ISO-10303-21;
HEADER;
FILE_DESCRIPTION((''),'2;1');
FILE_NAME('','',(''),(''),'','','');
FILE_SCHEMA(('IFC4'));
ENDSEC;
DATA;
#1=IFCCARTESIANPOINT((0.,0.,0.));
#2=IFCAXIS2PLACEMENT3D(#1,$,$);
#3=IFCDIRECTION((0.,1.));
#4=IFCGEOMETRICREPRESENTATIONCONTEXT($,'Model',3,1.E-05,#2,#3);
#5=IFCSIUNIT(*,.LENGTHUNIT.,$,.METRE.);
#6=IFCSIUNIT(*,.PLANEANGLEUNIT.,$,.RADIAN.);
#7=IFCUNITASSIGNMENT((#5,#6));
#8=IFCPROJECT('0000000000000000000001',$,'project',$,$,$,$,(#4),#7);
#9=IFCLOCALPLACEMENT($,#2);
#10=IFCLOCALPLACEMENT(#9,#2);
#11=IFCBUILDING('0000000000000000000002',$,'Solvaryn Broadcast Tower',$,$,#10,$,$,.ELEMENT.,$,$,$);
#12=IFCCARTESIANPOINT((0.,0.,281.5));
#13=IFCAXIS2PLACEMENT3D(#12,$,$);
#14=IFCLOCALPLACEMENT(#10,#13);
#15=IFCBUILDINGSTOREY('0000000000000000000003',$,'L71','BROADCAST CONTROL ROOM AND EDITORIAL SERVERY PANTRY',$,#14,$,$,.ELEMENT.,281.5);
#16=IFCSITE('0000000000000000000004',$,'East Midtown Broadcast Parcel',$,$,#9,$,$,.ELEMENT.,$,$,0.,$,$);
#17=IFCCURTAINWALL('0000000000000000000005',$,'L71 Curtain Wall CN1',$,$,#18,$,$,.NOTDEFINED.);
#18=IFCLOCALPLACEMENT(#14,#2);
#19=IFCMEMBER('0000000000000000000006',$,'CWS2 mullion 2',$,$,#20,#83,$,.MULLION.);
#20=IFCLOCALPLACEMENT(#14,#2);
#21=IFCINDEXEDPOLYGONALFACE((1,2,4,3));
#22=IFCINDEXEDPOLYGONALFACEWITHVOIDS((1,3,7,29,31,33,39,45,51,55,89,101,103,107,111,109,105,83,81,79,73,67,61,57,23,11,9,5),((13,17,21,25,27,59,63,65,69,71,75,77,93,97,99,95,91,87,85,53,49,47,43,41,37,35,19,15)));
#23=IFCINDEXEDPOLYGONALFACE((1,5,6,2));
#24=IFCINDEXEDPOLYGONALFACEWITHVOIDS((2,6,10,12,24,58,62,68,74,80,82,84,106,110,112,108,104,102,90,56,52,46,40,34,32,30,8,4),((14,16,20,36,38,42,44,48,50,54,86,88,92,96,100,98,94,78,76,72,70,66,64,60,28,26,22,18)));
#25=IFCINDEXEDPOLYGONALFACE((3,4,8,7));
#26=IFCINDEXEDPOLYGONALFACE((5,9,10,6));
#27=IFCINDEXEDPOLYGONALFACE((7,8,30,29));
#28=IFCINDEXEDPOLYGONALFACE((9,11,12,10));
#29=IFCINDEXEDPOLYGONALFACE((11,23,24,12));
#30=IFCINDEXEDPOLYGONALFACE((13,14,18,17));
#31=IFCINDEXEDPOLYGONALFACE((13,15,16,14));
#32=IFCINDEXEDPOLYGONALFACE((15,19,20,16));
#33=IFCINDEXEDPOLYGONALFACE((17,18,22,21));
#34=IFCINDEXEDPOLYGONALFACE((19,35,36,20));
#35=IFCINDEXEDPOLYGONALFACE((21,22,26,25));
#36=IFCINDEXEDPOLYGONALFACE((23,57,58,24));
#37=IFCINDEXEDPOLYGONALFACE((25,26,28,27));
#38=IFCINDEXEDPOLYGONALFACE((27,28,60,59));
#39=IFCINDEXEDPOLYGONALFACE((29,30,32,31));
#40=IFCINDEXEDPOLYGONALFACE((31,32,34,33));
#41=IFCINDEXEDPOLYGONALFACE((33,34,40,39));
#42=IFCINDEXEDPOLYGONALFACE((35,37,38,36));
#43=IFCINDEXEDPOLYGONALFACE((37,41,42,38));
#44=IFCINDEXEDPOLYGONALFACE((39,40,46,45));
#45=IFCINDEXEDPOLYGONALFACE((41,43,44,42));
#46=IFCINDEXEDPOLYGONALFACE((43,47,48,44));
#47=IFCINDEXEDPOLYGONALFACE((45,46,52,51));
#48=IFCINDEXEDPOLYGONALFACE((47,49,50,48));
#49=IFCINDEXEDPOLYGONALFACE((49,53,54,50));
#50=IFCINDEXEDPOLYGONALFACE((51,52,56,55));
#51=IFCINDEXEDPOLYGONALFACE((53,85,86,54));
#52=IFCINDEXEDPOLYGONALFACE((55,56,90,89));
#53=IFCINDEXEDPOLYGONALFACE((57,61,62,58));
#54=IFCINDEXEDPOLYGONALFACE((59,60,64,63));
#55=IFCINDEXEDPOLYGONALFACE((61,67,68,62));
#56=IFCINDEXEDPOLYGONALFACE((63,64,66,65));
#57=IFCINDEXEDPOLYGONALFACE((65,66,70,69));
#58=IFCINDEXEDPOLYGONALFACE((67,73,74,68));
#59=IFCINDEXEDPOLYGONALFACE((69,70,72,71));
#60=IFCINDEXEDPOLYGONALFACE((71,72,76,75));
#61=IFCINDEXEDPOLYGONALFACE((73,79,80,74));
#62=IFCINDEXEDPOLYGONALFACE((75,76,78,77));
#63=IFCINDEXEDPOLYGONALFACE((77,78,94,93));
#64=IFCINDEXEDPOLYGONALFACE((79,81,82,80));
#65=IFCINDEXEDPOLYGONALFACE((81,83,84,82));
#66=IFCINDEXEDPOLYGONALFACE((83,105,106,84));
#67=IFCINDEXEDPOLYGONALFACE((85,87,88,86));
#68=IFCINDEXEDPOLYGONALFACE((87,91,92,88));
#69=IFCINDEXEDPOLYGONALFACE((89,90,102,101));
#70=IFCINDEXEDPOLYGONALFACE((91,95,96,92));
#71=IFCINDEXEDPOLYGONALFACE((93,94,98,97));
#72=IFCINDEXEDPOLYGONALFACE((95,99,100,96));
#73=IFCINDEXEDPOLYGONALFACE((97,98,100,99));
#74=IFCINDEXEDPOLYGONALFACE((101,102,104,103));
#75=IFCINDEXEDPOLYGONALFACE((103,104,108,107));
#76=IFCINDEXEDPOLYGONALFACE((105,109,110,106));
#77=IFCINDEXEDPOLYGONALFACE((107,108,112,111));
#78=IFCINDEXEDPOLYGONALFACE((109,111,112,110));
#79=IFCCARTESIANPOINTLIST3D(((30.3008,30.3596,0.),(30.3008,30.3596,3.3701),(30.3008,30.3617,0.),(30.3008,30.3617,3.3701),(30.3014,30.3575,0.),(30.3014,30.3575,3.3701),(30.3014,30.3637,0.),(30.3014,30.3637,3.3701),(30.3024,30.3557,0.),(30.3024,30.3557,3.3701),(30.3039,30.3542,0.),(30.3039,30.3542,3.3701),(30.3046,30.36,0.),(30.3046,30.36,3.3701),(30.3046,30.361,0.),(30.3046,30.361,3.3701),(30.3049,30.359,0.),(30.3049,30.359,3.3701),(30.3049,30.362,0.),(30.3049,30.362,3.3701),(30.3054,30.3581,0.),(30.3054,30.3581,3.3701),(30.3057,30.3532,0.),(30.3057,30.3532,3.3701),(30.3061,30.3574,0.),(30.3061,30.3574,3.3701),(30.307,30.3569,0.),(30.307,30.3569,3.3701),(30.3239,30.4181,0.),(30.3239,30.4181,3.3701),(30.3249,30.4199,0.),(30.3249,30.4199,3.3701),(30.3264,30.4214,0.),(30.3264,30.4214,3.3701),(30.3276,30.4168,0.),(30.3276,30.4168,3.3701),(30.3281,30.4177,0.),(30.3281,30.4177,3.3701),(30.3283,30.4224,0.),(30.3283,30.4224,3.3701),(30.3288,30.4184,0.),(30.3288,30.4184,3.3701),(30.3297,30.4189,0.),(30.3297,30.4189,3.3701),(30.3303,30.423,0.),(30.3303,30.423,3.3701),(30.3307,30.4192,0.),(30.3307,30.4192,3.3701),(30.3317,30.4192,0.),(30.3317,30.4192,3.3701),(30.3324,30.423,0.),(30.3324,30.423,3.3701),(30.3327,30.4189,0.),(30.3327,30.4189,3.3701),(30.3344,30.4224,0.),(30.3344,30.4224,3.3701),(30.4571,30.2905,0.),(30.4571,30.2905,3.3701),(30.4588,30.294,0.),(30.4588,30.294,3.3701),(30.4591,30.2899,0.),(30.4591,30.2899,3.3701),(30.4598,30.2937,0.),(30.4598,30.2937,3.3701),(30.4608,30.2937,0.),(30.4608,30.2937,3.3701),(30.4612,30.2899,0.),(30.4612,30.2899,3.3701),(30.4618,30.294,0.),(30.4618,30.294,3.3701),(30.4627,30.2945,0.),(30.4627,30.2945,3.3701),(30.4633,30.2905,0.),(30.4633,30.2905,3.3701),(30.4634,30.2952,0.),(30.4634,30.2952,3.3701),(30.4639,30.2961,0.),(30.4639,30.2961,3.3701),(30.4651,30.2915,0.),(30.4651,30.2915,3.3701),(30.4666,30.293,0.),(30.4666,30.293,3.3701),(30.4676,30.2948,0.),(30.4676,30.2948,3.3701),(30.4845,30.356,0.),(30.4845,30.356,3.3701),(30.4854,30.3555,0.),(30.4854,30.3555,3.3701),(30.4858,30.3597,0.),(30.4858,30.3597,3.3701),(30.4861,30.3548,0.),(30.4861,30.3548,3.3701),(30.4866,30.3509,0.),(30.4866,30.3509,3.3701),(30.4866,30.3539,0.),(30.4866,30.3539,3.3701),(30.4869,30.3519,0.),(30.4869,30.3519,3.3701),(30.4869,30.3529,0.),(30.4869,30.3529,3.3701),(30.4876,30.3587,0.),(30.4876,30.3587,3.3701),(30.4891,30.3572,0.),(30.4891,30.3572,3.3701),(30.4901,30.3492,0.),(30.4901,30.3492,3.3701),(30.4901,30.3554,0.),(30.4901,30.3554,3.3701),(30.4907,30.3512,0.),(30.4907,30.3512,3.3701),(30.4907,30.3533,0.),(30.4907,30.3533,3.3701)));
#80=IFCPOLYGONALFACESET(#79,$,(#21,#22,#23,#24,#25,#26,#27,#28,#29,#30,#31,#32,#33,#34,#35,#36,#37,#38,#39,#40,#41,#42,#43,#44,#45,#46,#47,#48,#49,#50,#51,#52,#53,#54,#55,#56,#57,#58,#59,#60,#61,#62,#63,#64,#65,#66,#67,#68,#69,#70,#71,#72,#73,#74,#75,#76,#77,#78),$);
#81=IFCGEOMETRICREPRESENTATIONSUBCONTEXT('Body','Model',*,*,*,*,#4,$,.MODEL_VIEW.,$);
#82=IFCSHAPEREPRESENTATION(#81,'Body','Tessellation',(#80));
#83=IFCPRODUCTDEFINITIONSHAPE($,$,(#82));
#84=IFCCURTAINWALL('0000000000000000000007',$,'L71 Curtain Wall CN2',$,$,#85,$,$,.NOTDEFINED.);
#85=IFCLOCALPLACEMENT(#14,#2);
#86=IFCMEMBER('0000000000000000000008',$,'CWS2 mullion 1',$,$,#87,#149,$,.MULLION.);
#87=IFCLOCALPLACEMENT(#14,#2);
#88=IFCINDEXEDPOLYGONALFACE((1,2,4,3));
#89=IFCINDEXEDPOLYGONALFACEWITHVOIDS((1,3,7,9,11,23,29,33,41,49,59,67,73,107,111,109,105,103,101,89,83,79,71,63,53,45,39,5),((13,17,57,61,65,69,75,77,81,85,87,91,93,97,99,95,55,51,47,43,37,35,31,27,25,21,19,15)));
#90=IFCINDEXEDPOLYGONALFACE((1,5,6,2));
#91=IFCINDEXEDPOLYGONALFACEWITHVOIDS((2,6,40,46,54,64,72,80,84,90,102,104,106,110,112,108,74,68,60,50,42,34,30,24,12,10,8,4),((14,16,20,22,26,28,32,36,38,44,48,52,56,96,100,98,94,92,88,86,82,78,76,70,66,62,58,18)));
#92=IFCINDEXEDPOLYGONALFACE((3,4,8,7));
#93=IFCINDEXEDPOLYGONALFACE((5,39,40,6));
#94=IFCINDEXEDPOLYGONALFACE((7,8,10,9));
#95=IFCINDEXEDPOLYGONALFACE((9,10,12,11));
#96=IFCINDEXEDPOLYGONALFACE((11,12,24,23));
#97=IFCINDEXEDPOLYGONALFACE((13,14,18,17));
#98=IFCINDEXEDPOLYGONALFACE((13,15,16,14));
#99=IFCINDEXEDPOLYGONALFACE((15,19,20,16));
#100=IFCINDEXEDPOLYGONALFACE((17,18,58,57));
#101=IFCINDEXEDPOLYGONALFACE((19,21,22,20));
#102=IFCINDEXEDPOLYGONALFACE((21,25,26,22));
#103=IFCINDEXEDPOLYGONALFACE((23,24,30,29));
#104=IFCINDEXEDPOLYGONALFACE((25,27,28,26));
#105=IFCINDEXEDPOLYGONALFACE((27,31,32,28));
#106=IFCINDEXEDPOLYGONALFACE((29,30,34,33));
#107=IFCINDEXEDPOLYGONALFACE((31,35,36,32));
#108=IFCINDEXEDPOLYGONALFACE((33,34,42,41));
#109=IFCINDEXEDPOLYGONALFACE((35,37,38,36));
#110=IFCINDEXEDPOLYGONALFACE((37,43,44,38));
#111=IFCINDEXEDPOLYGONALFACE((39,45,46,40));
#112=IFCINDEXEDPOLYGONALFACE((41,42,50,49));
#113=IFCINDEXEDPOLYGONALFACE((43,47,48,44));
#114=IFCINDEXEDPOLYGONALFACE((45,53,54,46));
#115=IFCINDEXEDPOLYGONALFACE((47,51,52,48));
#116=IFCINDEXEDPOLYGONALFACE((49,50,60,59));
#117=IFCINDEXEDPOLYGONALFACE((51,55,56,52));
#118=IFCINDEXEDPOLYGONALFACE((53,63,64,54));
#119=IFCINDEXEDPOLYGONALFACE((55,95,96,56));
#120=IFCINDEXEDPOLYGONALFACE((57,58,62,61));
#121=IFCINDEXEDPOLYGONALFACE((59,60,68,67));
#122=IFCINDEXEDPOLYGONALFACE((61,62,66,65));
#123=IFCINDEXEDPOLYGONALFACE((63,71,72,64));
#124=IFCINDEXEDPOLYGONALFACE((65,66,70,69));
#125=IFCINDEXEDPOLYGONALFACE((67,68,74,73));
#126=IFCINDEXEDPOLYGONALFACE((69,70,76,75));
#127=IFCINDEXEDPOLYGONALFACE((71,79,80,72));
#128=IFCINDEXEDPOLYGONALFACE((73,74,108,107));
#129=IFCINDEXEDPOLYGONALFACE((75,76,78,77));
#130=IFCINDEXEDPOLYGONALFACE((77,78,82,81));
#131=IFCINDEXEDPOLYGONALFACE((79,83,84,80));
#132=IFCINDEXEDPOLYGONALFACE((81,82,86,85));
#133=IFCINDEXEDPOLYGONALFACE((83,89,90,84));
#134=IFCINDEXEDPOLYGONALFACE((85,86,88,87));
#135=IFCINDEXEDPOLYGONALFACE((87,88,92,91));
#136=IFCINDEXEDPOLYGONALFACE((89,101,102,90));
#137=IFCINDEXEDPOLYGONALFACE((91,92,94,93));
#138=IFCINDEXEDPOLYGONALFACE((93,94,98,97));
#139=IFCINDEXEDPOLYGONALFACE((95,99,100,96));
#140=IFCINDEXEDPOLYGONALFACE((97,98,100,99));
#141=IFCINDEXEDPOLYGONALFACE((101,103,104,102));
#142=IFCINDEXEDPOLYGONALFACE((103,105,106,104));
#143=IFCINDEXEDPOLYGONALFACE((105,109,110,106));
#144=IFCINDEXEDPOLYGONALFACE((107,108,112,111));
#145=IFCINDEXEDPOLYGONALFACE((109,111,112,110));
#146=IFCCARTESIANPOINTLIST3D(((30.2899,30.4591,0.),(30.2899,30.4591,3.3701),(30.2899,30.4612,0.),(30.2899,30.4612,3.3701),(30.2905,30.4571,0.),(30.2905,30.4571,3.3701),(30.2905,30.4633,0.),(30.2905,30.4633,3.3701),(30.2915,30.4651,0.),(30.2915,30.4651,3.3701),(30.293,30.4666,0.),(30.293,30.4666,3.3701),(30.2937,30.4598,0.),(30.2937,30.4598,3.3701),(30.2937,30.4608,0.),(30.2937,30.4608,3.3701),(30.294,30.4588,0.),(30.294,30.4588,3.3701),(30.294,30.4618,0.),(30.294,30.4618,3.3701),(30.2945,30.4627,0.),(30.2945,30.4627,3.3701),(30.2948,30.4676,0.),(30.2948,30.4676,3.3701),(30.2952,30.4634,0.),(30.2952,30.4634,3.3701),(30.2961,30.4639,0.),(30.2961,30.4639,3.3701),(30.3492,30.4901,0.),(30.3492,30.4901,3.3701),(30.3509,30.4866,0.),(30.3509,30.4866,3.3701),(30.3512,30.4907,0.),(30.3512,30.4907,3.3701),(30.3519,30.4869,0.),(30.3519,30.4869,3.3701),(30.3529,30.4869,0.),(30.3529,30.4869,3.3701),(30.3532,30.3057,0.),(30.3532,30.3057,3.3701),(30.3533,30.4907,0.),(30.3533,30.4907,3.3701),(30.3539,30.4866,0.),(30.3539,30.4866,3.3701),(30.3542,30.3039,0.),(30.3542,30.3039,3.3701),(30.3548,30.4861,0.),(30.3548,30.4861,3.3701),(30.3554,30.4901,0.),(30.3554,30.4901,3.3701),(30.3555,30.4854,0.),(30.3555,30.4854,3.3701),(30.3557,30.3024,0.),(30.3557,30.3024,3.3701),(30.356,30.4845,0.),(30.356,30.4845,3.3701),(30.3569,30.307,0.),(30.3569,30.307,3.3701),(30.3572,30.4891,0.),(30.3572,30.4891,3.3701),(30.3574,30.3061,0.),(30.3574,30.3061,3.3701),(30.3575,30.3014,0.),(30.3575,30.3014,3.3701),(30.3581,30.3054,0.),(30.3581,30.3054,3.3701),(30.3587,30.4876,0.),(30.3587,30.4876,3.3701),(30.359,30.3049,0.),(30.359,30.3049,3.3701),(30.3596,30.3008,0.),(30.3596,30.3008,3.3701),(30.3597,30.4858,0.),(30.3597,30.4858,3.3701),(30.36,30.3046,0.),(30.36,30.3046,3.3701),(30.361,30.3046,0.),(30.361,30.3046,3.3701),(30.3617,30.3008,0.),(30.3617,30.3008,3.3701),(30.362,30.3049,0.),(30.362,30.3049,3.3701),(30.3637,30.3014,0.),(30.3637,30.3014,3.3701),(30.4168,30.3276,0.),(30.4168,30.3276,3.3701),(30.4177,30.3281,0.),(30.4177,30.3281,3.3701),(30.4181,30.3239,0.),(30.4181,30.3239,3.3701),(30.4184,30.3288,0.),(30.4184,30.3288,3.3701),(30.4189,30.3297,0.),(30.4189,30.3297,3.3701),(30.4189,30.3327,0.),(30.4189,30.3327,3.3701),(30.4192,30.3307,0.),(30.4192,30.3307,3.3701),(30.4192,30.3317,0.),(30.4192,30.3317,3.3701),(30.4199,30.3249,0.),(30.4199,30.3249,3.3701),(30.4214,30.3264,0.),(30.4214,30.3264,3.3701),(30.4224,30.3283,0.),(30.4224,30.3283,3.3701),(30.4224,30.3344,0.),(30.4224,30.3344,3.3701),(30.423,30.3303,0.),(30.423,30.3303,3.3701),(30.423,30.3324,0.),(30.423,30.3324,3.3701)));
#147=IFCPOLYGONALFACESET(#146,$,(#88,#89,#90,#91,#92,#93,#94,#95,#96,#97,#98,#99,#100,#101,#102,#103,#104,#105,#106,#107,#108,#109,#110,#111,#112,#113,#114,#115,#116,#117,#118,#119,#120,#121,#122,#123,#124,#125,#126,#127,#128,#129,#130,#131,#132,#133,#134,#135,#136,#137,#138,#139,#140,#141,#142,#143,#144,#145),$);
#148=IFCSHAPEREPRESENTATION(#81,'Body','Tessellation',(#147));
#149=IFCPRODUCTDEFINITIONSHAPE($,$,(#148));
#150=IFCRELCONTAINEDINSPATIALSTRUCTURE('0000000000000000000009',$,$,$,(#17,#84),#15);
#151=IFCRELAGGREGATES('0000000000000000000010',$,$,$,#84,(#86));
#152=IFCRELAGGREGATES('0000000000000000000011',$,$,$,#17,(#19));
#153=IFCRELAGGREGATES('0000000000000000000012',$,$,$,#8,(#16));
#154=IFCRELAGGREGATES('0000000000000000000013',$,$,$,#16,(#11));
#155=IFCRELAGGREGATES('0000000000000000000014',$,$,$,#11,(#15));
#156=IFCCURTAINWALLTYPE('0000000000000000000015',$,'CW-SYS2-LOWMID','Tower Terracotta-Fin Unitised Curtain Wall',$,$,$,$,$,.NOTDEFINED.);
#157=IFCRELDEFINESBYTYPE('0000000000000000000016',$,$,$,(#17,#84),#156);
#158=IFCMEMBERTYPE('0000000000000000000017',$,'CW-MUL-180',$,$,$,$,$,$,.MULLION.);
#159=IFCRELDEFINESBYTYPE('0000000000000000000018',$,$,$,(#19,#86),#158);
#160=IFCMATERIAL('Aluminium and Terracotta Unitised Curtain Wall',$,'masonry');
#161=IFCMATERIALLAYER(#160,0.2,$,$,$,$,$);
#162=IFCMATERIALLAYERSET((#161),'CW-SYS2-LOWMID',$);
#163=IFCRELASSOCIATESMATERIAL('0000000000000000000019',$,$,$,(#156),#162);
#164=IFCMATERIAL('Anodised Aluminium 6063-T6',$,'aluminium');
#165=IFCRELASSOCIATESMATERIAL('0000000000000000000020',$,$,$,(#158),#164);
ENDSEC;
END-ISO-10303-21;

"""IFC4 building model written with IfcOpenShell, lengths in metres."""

from ifc_helpers import new_model, si_unit, direction, frame, origin, origin_2d, place, context, subcontext, project, spatial, hollow_rectangle, extrude, material, layer, layer_set, material_profile, profile_set, type_object, element, aggregate, save


model = new_model("IFC4")

# Units and contexts
model_context = context("Model", 3, precision=1e-05, world=origin(), true_north=direction((0.0, 1.0)))
body_context = subcontext(model_context, "Body", "Model", "MODEL_VIEW")
ifc_project = project(units=[si_unit("LENGTHUNIT", "METRE"), si_unit("PLANEANGLEUNIT", "RADIAN")], contexts=[model_context])

# Site, building, storey
site_placement = place(None, origin())
site = spatial("IfcSite", under=ifc_project, at=site_placement, Name="East Midtown Broadcast Parcel", CompositionType="ELEMENT", RefElevation=0.0)
building_placement = place(site_placement, origin())
building = spatial("IfcBuilding", under=site, at=building_placement, Name="Solvaryn Broadcast Tower", CompositionType="ELEMENT")
storey_placement = place(building_placement, frame((0.0, 0.0, 281.5)))
storey = spatial("IfcBuildingStorey", under=building, at=storey_placement, Name="L71", Description="BROADCAST CONTROL ROOM AND EDITORIAL SERVERY PANTRY", CompositionType="ELEMENT", Elevation=281.5)

# Curtain wall, member
ifc_material_1 = material(Name="Aluminium and Terracotta Unitised Curtain Wall", Category="masonry")
ifc_layer_1 = layer(ifc_material_1, 0.2)
ifc_layer_set_1 = layer_set([ifc_layer_1], Name="CW-SYS2-LOWMID")
curtain_wall_type = type_object("IfcCurtainWallType", Name="CW-SYS2-LOWMID", Description="Tower Terracotta-Fin Unitised Curtain Wall", PredefinedType="NOTDEFINED", material=ifc_layer_set_1)
curtain_wall_1_placement = place(storey_placement, origin())
curtain_wall_1 = element("IfcCurtainWall", 1, at=curtain_wall_1_placement, inside=storey, type_object=curtain_wall_type, Name="L71 Curtain Wall CN1", PredefinedType="NOTDEFINED")
ifc_material_2 = material(Name="Anodised Aluminium 6063-T6", Category="aluminium")
ifc_material_profile_1 = material_profile(ifc_material_2, hollow_rectangle(XDim=0.075, YDim=0.1799, WallThickness=0.0039, InnerFilletRadius=0.0039, OuterFilletRadius=0.0081, at=origin_2d()))
ifc_profile_set_1 = profile_set([ifc_material_profile_1], Name="Anodised Aluminium 6063-T6")
member_type_1 = type_object("IfcMemberType", Name="CW-MUL-180", PredefinedType="MULLION", material=ifc_profile_set_1)
member_1_placement = place(storey_placement, frame((30.3958, 30.3564, 0.0), z_axis=(0.0, 0.0, 1.0), x_axis=(-0.382646, -0.923895, 0.0)))
member_1 = element("IfcMember", 2, at=member_1_placement, type_object=member_type_1, Name="CWS2 mullion 2", PredefinedType="MULLION", context=body_context, shape_type="SweptSolid", body=[
    extrude(hollow_rectangle(XDim=0.075, YDim=0.1799, WallThickness=0.0039, InnerFilletRadius=0.0039, OuterFilletRadius=0.0081, at=origin_2d()), origin(), (0.0, 0.0, 1.0), 3.3701),
])

# Curtain wall, member
curtain_wall_2_placement = place(storey_placement, origin())
curtain_wall_2 = element("IfcCurtainWall", 3, at=curtain_wall_2_placement, inside=storey, type_object=curtain_wall_type, Name="L71 Curtain Wall CN2", PredefinedType="NOTDEFINED")
member_2_placement = place(storey_placement, frame((30.3564, 30.3958, 0.0), z_axis=(0.0, 0.0, 1.0), x_axis=(-0.923895, -0.382646, 0.0)))
member_2 = element("IfcMember", 4, at=member_2_placement, type_object=member_type_1, Name="CWS2 mullion 1", PredefinedType="MULLION", context=body_context, shape_type="SweptSolid", body=[
    extrude(hollow_rectangle(XDim=0.075, YDim=0.1799, WallThickness=0.0039, InnerFilletRadius=0.0039, OuterFilletRadius=0.0081, at=origin_2d()), origin(), (0.0, 0.0, 1.0), 3.3701),
])

aggregate(curtain_wall_2, [member_2])

aggregate(curtain_wall_1, [member_1])

save(model, "model.ifc")
